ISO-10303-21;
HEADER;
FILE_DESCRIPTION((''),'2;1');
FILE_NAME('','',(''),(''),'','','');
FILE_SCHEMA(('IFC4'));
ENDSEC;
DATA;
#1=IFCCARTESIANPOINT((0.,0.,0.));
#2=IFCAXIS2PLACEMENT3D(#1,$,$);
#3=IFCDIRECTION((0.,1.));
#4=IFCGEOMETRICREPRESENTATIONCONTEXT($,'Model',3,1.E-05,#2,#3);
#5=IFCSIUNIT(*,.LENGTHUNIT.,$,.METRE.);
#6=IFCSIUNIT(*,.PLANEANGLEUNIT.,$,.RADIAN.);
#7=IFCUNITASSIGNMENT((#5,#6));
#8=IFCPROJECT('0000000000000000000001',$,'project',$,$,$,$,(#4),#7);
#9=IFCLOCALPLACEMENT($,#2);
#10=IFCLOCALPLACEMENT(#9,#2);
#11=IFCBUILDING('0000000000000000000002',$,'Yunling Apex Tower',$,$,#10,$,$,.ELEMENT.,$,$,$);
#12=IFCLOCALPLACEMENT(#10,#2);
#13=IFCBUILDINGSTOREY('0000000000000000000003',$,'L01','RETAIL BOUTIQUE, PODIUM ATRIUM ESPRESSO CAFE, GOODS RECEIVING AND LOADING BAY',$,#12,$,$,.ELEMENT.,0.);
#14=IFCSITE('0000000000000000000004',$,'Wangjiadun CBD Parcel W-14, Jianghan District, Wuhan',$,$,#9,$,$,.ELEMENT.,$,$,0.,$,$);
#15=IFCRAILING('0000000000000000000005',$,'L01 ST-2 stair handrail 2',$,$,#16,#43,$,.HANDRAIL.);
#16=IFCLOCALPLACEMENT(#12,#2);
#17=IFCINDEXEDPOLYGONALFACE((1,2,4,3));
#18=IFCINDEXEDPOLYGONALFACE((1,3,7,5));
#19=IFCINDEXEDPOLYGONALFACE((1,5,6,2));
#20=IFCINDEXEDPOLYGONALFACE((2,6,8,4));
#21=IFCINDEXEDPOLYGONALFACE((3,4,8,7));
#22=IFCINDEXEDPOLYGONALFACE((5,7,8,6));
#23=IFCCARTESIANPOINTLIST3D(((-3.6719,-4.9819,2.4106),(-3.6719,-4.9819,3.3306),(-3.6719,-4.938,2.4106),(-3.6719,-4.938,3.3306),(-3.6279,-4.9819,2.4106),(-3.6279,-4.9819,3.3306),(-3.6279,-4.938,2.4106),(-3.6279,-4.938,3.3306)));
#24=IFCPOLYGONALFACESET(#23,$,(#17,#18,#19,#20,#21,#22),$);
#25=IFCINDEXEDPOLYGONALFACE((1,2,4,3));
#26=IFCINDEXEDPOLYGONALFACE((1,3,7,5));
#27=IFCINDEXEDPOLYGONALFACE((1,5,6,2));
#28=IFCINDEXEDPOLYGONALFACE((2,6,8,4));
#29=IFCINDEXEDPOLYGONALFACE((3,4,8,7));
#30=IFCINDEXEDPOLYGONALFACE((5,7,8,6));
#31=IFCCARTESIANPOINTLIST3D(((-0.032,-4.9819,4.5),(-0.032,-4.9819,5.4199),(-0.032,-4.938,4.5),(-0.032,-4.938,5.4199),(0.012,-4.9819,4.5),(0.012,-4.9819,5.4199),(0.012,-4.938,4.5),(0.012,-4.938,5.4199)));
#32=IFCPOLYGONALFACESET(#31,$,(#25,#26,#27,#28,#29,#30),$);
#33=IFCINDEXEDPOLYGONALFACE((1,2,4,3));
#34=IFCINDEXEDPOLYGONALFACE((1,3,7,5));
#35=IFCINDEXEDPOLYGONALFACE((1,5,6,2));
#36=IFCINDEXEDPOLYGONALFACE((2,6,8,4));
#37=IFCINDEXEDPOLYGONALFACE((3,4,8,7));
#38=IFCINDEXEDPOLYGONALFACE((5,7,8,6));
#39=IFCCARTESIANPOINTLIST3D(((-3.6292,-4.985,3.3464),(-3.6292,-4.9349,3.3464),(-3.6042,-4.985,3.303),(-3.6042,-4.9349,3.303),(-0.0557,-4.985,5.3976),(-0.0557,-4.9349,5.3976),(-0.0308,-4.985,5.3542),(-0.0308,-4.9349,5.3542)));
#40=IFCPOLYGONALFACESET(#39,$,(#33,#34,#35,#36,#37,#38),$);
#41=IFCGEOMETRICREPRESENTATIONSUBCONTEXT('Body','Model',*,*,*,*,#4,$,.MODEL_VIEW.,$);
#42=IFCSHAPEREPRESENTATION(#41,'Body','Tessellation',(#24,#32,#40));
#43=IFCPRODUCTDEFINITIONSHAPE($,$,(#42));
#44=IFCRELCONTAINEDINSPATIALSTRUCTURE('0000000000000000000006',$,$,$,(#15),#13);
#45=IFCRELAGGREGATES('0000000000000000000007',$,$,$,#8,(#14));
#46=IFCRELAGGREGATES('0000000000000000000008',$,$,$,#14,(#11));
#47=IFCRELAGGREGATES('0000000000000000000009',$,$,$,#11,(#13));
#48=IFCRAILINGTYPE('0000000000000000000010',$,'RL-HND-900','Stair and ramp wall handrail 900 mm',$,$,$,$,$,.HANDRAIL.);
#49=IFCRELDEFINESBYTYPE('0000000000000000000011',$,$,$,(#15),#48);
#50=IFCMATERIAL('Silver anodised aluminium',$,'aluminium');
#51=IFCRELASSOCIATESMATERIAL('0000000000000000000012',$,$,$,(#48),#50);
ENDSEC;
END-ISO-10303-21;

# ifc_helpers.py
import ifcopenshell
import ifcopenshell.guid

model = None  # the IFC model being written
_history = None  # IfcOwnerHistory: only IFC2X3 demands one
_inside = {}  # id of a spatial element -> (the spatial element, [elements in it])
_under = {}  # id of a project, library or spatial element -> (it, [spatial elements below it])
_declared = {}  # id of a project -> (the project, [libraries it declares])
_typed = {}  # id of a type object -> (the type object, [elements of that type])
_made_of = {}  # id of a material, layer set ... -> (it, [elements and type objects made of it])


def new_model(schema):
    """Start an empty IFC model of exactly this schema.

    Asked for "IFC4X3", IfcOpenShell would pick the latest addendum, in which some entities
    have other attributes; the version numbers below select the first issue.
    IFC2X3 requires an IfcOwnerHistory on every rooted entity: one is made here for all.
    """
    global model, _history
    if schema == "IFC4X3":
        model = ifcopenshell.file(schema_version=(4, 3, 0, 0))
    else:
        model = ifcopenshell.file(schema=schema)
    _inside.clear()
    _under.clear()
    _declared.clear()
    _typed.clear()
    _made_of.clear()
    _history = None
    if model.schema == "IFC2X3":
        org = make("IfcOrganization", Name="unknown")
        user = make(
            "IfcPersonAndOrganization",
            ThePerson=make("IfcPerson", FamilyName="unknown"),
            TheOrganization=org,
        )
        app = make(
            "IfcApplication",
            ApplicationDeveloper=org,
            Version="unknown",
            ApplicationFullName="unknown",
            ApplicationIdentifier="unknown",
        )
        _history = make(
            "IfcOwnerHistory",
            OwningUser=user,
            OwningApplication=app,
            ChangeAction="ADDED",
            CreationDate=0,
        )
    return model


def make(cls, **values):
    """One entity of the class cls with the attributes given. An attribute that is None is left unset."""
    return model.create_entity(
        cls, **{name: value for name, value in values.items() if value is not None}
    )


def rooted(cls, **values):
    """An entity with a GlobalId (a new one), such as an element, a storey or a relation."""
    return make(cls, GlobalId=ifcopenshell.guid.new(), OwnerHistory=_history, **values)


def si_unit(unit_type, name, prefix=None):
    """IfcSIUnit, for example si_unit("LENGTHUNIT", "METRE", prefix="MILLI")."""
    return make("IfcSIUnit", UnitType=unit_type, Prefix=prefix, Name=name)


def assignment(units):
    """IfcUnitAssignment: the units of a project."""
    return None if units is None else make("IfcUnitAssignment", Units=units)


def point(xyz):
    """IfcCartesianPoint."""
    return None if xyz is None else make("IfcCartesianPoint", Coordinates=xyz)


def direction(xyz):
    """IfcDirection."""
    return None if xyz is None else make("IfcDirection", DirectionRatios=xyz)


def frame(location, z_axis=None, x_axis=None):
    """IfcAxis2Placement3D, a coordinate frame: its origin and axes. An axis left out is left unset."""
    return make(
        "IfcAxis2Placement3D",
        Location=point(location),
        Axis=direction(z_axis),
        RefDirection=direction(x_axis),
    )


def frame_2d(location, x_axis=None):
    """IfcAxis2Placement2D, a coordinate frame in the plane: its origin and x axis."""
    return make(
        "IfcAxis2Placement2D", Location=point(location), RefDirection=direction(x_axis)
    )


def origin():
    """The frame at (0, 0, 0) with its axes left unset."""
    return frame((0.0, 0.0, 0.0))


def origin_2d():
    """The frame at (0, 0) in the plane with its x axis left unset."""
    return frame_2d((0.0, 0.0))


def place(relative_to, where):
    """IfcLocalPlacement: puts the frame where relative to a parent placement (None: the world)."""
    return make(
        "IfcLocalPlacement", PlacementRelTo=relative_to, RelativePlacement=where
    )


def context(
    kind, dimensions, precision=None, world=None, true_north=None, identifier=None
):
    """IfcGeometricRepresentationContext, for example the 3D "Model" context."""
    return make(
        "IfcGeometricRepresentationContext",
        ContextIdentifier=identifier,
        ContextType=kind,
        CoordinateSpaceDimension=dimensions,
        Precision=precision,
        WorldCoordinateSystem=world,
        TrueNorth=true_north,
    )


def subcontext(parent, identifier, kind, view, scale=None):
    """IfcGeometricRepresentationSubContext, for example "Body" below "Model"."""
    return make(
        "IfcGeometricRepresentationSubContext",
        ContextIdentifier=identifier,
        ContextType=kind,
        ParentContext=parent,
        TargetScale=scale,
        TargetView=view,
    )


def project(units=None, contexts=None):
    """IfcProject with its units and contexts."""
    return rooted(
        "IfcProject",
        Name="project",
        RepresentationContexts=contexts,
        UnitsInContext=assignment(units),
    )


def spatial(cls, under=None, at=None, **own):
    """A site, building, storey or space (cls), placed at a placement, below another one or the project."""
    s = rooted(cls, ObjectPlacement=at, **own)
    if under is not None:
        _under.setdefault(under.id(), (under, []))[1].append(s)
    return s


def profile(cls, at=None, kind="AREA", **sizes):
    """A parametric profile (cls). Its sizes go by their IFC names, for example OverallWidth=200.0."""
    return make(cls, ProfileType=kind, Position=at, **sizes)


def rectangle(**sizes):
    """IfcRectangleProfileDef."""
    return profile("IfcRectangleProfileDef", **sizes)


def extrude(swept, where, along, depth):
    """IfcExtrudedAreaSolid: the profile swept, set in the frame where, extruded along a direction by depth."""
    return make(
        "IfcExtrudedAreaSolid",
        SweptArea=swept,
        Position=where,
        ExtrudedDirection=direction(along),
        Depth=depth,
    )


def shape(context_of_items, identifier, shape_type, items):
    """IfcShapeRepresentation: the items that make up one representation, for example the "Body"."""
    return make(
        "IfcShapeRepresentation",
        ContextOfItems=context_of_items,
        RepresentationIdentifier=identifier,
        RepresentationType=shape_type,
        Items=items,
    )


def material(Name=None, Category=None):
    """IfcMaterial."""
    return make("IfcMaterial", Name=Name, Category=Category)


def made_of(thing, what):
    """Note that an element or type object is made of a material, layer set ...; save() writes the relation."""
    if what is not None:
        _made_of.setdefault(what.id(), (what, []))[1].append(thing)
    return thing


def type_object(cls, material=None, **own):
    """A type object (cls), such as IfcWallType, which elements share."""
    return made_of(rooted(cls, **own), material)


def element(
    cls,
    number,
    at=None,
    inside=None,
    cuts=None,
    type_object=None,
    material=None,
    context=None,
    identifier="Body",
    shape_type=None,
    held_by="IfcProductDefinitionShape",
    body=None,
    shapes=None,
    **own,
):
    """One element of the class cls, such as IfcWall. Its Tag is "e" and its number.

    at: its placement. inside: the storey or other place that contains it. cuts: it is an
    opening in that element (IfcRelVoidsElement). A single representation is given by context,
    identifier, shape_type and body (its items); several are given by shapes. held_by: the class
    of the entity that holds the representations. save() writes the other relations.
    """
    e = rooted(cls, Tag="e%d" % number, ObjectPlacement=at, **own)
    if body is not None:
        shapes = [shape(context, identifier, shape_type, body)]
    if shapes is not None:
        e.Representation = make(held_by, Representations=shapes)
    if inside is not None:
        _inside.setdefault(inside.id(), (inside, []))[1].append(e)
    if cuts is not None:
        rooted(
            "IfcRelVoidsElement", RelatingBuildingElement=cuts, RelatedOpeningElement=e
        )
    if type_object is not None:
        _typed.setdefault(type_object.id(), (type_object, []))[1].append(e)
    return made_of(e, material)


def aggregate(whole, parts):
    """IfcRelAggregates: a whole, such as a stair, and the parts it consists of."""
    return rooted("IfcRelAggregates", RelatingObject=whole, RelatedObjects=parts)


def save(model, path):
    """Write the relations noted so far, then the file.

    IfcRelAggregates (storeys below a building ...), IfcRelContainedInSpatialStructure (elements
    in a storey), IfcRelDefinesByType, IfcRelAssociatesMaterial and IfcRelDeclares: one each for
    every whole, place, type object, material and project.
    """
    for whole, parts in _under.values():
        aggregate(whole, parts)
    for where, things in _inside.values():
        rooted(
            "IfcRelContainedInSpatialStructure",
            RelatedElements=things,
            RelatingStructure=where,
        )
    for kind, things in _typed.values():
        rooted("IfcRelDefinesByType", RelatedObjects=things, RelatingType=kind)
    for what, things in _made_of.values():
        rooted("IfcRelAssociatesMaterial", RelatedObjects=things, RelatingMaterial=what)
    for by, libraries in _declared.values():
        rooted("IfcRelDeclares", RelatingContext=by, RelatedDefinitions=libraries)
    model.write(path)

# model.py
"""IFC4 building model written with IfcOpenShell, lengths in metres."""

from ifc_helpers import new_model, si_unit, direction, frame, origin, origin_2d, place, context, subcontext, project, spatial, rectangle, extrude, material, type_object, element, save


model = new_model("IFC4")

# Units and contexts
model_context = context("Model", 3, precision=1e-05, world=origin(), true_north=direction((0.0, 1.0)))
body_context = subcontext(model_context, "Body", "Model", "MODEL_VIEW")
ifc_project = project(units=[si_unit("LENGTHUNIT", "METRE"), si_unit("PLANEANGLEUNIT", "RADIAN")], contexts=[model_context])

# Site, building, storey
site_placement = place(None, origin())
site = spatial("IfcSite", under=ifc_project, at=site_placement, Name="Wangjiadun CBD Parcel W-14, Jianghan District, Wuhan", CompositionType="ELEMENT", RefElevation=0.0)
building_placement = place(site_placement, origin())
building = spatial("IfcBuilding", under=site, at=building_placement, Name="Yunling Apex Tower", CompositionType="ELEMENT")
storey_placement = place(building_placement, origin())
storey = spatial("IfcBuildingStorey", under=building, at=storey_placement, Name="L01", Description="RETAIL BOUTIQUE, PODIUM ATRIUM ESPRESSO CAFE, GOODS RECEIVING AND LOADING BAY", CompositionType="ELEMENT", Elevation=0.0)

# Railing
ifc_material_1 = material(Name="Silver anodised aluminium", Category="aluminium")
railing_type_1 = type_object("IfcRailingType", Name="RL-HND-900", Description="Stair and ramp wall handrail 900 mm", PredefinedType="HANDRAIL", material=ifc_material_1)
railing_1_placement = place(storey_placement, frame((-3.6499, -4.96, 2.4106)))
element("IfcRailing", 1, at=railing_1_placement, inside=storey, type_object=railing_type_1, Name="L01 ST-2 stair handrail 2", PredefinedType="HANDRAIL", context=body_context, shape_type="SweptSolid", body=[
    extrude(rectangle(XDim=0.0439, YDim=0.0439, at=origin_2d()), origin(), (0.0, 0.0, 1.0), 0.9199),
    extrude(rectangle(XDim=0.0439, YDim=0.0439, at=origin_2d()), frame((3.6399, 0.0, 2.0894)), (0.0, 0.0, 1.0), 0.9199),
    extrude(rectangle(XDim=0.05, YDim=0.05, at=origin_2d()), frame((0.0332, 0.0, 0.9141), z_axis=(0.867275, 0.0, 0.497829), x_axis=(0.0, 1.0, 0.0)), (0.0, 0.0, 1.0), 4.1204),
])

save(model, "model.ifc")
